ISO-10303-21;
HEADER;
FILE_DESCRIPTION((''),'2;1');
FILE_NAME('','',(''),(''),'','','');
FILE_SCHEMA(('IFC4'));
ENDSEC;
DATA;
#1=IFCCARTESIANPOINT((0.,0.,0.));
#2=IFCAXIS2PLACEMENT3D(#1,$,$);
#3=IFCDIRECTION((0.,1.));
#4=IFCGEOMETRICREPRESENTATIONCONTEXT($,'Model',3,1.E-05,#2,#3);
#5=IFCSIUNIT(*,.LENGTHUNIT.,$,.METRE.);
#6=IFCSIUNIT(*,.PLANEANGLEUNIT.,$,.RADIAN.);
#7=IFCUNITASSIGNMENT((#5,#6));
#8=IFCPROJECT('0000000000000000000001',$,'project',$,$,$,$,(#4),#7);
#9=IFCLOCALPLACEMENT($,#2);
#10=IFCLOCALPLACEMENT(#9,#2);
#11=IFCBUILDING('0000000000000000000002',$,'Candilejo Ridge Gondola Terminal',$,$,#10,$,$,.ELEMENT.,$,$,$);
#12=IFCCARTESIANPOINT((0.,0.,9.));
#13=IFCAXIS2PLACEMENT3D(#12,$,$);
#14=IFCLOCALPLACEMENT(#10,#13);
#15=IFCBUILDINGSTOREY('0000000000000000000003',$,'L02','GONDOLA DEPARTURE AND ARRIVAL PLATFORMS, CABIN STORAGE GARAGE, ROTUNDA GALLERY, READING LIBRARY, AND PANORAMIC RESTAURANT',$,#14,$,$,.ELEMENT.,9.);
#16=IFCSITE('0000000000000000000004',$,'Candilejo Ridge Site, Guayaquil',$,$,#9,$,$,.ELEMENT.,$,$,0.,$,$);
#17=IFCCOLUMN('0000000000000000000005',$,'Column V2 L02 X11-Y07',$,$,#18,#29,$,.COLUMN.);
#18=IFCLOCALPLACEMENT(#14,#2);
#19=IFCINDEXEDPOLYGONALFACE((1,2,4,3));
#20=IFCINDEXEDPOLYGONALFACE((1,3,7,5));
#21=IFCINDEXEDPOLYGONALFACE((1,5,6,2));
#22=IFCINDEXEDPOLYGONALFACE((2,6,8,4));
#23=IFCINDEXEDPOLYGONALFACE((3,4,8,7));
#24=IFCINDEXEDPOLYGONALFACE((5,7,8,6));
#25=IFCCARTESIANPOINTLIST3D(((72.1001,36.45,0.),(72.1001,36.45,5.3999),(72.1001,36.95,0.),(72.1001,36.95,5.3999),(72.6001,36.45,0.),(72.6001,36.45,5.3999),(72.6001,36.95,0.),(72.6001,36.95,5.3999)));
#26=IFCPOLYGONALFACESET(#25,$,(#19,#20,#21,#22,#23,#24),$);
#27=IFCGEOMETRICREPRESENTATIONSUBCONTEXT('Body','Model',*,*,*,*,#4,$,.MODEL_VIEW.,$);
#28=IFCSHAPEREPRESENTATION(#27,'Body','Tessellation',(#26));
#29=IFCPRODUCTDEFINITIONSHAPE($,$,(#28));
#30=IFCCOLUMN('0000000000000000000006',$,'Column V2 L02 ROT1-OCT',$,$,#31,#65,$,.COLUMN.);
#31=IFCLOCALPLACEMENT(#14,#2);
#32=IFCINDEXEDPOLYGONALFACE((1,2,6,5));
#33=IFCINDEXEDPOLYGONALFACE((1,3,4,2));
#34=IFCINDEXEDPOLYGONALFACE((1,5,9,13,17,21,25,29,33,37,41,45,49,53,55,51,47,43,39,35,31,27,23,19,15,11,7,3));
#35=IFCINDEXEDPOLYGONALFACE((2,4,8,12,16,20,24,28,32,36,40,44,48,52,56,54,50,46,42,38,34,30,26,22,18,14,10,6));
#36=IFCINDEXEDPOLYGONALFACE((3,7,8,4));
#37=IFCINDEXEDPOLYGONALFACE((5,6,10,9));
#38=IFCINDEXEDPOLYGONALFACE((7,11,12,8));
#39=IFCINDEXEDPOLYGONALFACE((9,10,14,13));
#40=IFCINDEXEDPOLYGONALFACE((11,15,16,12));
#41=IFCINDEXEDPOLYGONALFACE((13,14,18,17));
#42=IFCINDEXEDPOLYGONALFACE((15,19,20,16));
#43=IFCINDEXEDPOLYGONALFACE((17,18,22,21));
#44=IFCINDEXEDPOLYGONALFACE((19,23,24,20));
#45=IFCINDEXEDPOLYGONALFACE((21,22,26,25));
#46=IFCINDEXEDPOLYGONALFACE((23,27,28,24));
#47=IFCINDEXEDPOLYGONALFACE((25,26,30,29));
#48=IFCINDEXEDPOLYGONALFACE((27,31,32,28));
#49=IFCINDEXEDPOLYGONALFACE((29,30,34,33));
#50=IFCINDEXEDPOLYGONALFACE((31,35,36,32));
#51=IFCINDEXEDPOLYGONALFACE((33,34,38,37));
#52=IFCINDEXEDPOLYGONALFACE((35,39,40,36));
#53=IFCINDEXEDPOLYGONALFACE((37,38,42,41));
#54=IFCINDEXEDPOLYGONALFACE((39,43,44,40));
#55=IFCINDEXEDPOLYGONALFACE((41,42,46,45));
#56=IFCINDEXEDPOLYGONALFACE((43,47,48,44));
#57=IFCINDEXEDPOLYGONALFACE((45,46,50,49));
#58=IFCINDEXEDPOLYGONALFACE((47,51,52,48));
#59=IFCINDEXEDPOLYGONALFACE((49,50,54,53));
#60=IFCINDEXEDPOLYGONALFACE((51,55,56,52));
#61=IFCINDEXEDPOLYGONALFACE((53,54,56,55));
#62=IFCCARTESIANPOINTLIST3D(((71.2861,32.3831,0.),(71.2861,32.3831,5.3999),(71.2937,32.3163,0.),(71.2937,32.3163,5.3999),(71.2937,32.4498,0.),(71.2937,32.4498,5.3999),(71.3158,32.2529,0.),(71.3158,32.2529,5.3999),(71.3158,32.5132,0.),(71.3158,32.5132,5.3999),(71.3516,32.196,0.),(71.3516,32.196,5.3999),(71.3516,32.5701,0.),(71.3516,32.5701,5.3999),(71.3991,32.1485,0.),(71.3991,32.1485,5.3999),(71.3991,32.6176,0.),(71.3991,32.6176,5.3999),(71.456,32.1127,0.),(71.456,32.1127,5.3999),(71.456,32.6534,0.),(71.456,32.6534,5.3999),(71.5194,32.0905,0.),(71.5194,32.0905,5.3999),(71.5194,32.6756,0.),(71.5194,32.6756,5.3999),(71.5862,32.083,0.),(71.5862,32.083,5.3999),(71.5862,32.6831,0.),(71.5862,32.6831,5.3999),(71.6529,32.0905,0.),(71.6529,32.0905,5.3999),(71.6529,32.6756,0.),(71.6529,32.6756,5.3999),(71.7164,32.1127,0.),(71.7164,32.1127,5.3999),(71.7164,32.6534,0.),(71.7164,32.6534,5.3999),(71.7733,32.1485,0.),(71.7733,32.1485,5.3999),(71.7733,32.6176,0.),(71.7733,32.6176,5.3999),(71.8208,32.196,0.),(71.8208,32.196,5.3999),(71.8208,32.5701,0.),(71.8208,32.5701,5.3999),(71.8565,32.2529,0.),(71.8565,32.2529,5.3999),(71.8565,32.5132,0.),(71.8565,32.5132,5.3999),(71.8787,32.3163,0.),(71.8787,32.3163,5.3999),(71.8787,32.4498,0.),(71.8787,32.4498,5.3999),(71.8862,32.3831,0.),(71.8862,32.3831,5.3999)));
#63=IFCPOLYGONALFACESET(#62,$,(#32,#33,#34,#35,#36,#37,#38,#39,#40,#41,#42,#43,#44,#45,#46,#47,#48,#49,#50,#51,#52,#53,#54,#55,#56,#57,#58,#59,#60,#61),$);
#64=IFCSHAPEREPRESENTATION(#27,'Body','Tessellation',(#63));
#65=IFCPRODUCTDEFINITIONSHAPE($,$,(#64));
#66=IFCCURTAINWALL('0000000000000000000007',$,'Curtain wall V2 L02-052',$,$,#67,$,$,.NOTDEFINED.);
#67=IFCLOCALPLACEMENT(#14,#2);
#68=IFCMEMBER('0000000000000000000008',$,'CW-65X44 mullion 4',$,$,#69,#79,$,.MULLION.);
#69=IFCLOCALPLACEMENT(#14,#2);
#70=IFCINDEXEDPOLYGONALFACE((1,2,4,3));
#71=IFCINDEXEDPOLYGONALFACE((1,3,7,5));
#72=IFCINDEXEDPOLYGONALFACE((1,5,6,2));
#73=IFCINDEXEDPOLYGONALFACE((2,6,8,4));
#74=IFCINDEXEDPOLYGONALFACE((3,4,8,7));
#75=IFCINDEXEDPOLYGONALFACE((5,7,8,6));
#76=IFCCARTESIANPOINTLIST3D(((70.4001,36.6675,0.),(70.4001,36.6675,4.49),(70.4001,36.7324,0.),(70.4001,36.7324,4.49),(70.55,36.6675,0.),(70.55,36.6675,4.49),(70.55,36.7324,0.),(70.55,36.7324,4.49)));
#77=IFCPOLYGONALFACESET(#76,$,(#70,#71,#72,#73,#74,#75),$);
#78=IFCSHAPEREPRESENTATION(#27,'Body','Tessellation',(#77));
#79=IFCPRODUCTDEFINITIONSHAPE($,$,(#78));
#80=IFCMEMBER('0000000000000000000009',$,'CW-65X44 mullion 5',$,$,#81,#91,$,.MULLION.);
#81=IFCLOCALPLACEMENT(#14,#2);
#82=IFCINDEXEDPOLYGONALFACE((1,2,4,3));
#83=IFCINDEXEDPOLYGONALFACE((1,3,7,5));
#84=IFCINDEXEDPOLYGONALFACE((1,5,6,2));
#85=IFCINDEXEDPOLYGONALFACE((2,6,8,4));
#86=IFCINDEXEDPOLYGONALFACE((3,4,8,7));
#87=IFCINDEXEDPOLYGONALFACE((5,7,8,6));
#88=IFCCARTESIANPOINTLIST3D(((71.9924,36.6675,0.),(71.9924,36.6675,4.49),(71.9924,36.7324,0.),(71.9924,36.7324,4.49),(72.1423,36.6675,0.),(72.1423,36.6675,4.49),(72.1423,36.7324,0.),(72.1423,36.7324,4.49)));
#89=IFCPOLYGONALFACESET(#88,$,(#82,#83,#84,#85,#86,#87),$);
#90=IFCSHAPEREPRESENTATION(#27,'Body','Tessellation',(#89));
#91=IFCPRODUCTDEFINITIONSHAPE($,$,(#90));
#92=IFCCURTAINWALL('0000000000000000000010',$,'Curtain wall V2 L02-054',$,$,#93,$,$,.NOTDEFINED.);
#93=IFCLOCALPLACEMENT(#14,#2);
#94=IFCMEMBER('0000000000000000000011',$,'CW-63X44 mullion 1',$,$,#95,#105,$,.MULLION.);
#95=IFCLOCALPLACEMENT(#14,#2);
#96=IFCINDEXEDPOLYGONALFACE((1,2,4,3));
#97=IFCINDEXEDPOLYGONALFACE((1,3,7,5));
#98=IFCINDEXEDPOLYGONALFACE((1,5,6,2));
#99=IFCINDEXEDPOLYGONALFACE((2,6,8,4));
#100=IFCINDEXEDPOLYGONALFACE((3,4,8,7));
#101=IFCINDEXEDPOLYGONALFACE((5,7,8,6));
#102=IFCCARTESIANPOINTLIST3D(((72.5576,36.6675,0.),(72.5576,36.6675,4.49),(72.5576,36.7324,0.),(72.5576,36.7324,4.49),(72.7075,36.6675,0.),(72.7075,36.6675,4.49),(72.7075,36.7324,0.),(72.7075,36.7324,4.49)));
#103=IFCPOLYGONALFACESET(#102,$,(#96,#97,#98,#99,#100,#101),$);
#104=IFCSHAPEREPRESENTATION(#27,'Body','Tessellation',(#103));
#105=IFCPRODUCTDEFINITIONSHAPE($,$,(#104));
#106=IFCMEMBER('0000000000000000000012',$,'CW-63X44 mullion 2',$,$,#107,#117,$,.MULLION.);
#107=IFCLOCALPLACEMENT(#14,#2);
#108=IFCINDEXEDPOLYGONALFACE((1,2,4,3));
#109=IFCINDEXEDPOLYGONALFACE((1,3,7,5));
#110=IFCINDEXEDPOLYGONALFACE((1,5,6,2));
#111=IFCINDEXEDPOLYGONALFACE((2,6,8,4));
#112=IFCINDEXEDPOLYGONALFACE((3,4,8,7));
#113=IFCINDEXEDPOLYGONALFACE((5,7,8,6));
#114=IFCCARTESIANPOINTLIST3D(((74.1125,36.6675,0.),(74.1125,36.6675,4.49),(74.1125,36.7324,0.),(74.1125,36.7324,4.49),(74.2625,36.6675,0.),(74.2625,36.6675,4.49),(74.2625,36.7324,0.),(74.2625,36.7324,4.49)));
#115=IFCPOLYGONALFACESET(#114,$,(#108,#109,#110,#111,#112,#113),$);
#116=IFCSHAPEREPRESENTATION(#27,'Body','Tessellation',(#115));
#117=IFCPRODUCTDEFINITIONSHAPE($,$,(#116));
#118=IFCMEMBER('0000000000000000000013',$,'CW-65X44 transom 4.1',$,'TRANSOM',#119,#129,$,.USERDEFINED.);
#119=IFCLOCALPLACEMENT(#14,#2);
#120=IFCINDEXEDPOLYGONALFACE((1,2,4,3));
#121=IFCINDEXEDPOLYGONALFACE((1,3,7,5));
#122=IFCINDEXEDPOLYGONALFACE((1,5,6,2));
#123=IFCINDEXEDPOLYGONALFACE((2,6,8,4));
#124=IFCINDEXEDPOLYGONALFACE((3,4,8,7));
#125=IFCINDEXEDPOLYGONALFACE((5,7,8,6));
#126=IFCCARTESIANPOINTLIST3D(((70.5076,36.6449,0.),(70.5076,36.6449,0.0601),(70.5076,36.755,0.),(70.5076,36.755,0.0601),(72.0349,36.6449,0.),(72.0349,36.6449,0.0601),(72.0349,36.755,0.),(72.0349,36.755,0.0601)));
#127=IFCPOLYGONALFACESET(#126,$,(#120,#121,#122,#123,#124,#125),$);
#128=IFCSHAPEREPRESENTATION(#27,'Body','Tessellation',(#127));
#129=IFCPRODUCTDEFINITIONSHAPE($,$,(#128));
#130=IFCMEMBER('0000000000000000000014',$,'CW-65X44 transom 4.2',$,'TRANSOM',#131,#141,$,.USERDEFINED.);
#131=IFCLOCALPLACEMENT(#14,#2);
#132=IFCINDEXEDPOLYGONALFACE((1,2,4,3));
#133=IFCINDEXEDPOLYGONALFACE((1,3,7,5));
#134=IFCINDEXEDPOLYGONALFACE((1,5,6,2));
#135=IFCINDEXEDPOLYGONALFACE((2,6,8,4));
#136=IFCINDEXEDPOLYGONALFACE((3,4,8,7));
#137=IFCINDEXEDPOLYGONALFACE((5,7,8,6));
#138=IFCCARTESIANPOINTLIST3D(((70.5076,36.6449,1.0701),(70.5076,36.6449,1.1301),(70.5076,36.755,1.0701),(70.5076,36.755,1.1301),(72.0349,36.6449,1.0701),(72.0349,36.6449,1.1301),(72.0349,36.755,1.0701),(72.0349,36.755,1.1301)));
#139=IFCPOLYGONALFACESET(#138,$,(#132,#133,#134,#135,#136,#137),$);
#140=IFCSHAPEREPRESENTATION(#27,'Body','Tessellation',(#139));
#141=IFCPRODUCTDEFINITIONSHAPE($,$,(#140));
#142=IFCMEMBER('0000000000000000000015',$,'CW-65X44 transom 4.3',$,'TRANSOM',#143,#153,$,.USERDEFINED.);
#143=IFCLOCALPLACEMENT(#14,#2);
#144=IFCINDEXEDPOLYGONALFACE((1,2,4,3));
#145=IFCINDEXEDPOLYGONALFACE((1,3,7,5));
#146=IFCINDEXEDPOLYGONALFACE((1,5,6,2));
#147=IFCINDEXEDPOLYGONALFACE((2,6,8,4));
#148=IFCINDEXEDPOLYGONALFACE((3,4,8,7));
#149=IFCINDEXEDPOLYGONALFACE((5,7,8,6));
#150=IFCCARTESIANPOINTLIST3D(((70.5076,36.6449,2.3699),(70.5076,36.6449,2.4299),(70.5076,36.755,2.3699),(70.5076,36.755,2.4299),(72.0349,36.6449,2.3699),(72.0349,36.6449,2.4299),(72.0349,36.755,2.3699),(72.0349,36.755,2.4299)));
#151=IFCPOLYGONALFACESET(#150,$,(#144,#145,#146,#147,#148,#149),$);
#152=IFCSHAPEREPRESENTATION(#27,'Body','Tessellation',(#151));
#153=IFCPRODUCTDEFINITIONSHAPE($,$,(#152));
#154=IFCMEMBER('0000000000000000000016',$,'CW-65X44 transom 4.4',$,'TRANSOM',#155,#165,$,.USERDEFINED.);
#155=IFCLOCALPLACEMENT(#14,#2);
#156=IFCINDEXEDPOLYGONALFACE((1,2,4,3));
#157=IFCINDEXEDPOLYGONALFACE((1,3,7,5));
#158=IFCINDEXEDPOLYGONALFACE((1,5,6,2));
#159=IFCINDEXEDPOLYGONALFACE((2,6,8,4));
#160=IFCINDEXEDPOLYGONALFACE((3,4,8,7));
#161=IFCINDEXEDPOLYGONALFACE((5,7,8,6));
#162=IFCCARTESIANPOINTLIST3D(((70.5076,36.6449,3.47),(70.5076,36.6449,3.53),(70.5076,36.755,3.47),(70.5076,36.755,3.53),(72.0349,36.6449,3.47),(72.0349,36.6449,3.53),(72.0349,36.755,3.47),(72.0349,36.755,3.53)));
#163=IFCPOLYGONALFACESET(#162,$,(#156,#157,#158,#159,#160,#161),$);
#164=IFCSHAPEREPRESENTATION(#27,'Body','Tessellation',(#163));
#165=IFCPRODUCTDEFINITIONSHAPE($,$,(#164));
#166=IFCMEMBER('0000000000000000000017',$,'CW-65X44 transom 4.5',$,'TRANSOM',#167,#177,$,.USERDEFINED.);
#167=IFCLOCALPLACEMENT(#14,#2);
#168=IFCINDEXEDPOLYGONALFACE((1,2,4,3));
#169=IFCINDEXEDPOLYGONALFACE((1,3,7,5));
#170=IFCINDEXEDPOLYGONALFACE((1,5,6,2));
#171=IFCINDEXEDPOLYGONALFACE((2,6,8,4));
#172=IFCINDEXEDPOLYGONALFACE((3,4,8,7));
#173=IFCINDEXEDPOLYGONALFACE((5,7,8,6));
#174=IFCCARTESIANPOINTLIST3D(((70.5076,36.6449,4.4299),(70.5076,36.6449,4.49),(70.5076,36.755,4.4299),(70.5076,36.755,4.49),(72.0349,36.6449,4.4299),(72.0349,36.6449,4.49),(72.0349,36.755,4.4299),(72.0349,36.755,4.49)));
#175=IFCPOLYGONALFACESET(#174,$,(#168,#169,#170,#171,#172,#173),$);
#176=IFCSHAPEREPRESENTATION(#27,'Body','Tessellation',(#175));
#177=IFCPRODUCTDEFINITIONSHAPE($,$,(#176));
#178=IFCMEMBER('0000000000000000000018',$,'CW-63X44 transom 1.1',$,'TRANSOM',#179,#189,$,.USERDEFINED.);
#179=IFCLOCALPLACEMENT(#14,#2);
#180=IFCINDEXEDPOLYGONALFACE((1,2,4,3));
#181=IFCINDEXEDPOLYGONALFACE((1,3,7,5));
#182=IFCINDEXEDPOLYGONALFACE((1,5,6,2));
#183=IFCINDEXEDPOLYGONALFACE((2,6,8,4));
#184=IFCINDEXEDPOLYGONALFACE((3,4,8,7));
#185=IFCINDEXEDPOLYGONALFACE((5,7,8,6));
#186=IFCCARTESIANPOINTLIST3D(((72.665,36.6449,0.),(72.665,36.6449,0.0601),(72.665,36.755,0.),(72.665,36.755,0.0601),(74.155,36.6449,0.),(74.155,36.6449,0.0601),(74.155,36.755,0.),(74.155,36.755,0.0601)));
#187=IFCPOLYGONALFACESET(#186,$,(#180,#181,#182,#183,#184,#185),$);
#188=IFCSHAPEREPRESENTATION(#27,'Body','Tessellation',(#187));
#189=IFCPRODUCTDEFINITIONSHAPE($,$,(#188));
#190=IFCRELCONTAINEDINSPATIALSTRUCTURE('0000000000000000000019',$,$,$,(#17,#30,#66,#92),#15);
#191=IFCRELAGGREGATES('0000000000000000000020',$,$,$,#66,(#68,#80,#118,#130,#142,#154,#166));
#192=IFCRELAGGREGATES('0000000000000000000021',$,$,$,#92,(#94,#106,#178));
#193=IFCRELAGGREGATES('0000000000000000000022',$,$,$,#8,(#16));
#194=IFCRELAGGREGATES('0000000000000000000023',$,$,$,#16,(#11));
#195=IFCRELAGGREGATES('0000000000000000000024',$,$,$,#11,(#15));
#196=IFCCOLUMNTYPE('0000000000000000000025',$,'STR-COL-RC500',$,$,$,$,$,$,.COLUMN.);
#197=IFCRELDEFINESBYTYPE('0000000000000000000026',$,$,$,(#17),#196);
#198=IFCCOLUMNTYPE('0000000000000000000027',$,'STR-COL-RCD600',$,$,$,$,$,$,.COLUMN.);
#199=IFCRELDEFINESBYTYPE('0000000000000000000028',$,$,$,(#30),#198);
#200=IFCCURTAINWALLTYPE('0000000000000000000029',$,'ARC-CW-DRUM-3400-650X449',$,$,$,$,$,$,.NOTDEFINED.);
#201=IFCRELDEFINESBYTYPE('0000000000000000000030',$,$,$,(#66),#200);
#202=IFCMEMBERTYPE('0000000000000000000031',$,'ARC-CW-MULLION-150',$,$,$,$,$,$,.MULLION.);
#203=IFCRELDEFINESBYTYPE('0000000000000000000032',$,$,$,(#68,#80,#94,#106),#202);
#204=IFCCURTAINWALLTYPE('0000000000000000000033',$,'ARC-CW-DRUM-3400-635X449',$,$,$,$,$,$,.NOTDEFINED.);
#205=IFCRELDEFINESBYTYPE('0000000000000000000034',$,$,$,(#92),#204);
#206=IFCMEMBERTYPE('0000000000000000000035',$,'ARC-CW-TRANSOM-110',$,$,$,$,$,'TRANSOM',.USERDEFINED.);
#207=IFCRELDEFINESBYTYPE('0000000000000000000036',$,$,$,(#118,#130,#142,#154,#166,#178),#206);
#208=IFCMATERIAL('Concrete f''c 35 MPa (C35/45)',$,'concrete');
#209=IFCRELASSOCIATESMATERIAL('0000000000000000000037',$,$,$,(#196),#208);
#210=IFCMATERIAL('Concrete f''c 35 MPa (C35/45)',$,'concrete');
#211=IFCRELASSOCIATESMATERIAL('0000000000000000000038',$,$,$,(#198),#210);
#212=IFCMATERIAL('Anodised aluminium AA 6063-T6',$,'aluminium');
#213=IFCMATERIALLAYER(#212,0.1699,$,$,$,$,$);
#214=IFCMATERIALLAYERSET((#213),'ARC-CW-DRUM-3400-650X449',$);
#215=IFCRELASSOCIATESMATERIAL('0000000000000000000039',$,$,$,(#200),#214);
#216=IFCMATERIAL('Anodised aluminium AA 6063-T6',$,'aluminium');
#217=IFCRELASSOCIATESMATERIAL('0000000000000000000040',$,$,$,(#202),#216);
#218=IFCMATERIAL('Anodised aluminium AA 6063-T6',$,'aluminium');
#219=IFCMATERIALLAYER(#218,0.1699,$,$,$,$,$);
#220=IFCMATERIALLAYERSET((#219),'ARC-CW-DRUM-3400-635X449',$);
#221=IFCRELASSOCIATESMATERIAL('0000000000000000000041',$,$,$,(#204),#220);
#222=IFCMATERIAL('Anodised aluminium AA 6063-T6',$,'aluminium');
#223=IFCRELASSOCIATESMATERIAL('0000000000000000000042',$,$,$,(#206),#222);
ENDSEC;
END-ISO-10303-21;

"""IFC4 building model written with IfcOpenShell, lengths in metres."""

from ifc_helpers import new_model, si_unit, direction, frame, origin, origin_2d, place, context, subcontext, project, spatial, rectangle, circle, extrude, material, layer, layer_set, material_profile, profile_set, type_object, element, aggregate, save


model = new_model("IFC4")

# Units and contexts
model_context = context("Model", 3, precision=1e-05, world=origin(), true_north=direction((0.0, 1.0)))
body_context = subcontext(model_context, "Body", "Model", "MODEL_VIEW")
ifc_project = project(units=[si_unit("LENGTHUNIT", "METRE"), si_unit("PLANEANGLEUNIT", "RADIAN")], contexts=[model_context])

# Site, building, storey
site_placement = place(None, origin())
site = spatial("IfcSite", under=ifc_project, at=site_placement, Name="Candilejo Ridge Site, Guayaquil", CompositionType="ELEMENT", RefElevation=0.0)
building_placement = place(site_placement, origin())
building = spatial("IfcBuilding", under=site, at=building_placement, Name="Candilejo Ridge Gondola Terminal", CompositionType="ELEMENT")
storey_placement = place(building_placement, frame((0.0, 0.0, 9.0)))
storey = spatial("IfcBuildingStorey", under=building, at=storey_placement, Name="L02", Description="GONDOLA DEPARTURE AND ARRIVAL PLATFORMS, CABIN STORAGE GARAGE, ROTUNDA GALLERY, READING LIBRARY, AND PANORAMIC RESTAURANT", CompositionType="ELEMENT", Elevation=9.0)

# Columns
ifc_material_1 = material(Name="Concrete f'c 35 MPa (C35/45)", Category="concrete")
ifc_material_profile_1 = material_profile(ifc_material_1, rectangle(XDim=0.5, YDim=0.5, at=origin_2d()))
ifc_profile_set_1 = profile_set([ifc_material_profile_1], Name="Concrete f'c 35 MPa (C35/45)")
column_type_1 = type_object("IfcColumnType", Name="STR-COL-RC500", PredefinedType="COLUMN", material=ifc_profile_set_1)
column_1_placement = place(storey_placement, frame((72.3501, 36.7, 0.0), z_axis=(0.0, 0.0, 1.0), x_axis=(1.0, 0.0, 0.0)))
element("IfcColumn", 1, at=column_1_placement, inside=storey, type_object=column_type_1, Name="Column V2 L02 X11-Y07", PredefinedType="COLUMN", context=body_context, shape_type="SweptSolid", body=[
    extrude(rectangle(XDim=0.5, YDim=0.5, at=origin_2d()), origin(), (0.0, 0.0, 1.0), 5.3999),
])
ifc_material_2 = material(Name="Concrete f'c 35 MPa (C35/45)", Category="concrete")
ifc_material_profile_2 = material_profile(ifc_material_2, circle(Radius=0.3, at=origin_2d()))
ifc_profile_set_2 = profile_set([ifc_material_profile_2], Name="Concrete f'c 35 MPa (C35/45)")
column_type_2 = type_object("IfcColumnType", Name="STR-COL-RCD600", PredefinedType="COLUMN", material=ifc_profile_set_2)
column_2_placement = place(storey_placement, frame((71.5862, 32.3831, 0.0), z_axis=(0.0, 0.0, 1.0), x_axis=(1.0, 0.0, 0.0)))
element("IfcColumn", 2, at=column_2_placement, inside=storey, type_object=column_type_2, Name="Column V2 L02 ROT1-OCT", PredefinedType="COLUMN", context=body_context, shape_type="SweptSolid", body=[
    extrude(circle(Radius=0.3, at=origin_2d()), origin(), (0.0, 0.0, 1.0), 5.3999),
])

# Curtain walls, members
ifc_material_3 = material(Name="Anodised aluminium AA 6063-T6", Category="aluminium")
ifc_layer_1 = layer(ifc_material_3, 0.1699)
ifc_layer_set_1 = layer_set([ifc_layer_1], Name="ARC-CW-DRUM-3400-650X449")
curtain_wall_type_1 = type_object("IfcCurtainWallType", Name="ARC-CW-DRUM-3400-650X449", PredefinedType="NOTDEFINED", material=ifc_layer_set_1)
curtain_wall_1_placement = place(storey_placement, origin())
curtain_wall_1 = element("IfcCurtainWall", 3, at=curtain_wall_1_placement, inside=storey, type_object=curtain_wall_type_1, Name="Curtain wall V2 L02-052", PredefinedType="NOTDEFINED")
ifc_material_4 = material(Name="Anodised aluminium AA 6063-T6", Category="aluminium")
ifc_material_profile_3 = material_profile(ifc_material_4, rectangle(XDim=0.0649, YDim=0.1499, at=origin_2d()))
ifc_profile_set_3 = profile_set([ifc_material_profile_3], Name="Anodised aluminium AA 6063-T6")
member_type_1 = type_object("IfcMemberType", Name="ARC-CW-MULLION-150", PredefinedType="MULLION", material=ifc_profile_set_3)
member_1_placement = place(storey_placement, frame((70.4751, 36.7, 0.0), z_axis=(0.0, 0.0, 1.0), x_axis=(0.0, 1.0, 0.0)))
member_1 = element("IfcMember", 4, at=member_1_placement, type_object=member_type_1, Name="CW-65X44 mullion 4", PredefinedType="MULLION", context=body_context, shape_type="SweptSolid", body=[
    extrude(rectangle(XDim=0.0649, YDim=0.1499, at=origin_2d()), origin(), (0.0, 0.0, 1.0), 4.49),
])
member_2_placement = place(storey_placement, frame((72.0674, 36.7, 0.0), z_axis=(0.0, 0.0, 1.0), x_axis=(0.0, 1.0, 0.0)))
member_2 = element("IfcMember", 5, at=member_2_placement, type_object=member_type_1, Name="CW-65X44 mullion 5", PredefinedType="MULLION", context=body_context, shape_type="SweptSolid", body=[
    extrude(rectangle(XDim=0.0649, YDim=0.1499, at=origin_2d()), origin(), (0.0, 0.0, 1.0), 4.49),
])
ifc_material_5 = material(Name="Anodised aluminium AA 6063-T6", Category="aluminium")
ifc_layer_2 = layer(ifc_material_5, 0.1699)
ifc_layer_set_2 = layer_set([ifc_layer_2], Name="ARC-CW-DRUM-3400-635X449")
curtain_wall_type_2 = type_object("IfcCurtainWallType", Name="ARC-CW-DRUM-3400-635X449", PredefinedType="NOTDEFINED", material=ifc_layer_set_2)
curtain_wall_2_placement = place(storey_placement, origin())
curtain_wall_2 = element("IfcCurtainWall", 6, at=curtain_wall_2_placement, inside=storey, type_object=curtain_wall_type_2, Name="Curtain wall V2 L02-054", PredefinedType="NOTDEFINED")
member_3_placement = place(storey_placement, frame((72.6326, 36.7, 0.0), z_axis=(0.0, 0.0, 1.0), x_axis=(0.0, 1.0, 0.0)))
member_3 = element("IfcMember", 7, at=member_3_placement, type_object=member_type_1, Name="CW-63X44 mullion 1", PredefinedType="MULLION", context=body_context, shape_type="SweptSolid", body=[
    extrude(rectangle(XDim=0.0649, YDim=0.1499, at=origin_2d()), origin(), (0.0, 0.0, 1.0), 4.49),
])
member_4_placement = place(storey_placement, frame((74.1875, 36.7, 0.0), z_axis=(0.0, 0.0, 1.0), x_axis=(0.0, 1.0, 0.0)))
member_4 = element("IfcMember", 8, at=member_4_placement, type_object=member_type_1, Name="CW-63X44 mullion 2", PredefinedType="MULLION", context=body_context, shape_type="SweptSolid", body=[
    extrude(rectangle(XDim=0.0649, YDim=0.1499, at=origin_2d()), origin(), (0.0, 0.0, 1.0), 4.49),
])

# Members
ifc_material_6 = material(Name="Anodised aluminium AA 6063-T6", Category="aluminium")
ifc_material_profile_4 = material_profile(ifc_material_6, rectangle(XDim=0.1101, YDim=0.0601, at=origin_2d()))
ifc_profile_set_4 = profile_set([ifc_material_profile_4], Name="Anodised aluminium AA 6063-T6")
member_type_2 = type_object("IfcMemberType", Name="ARC-CW-TRANSOM-110", ElementType="TRANSOM", PredefinedType="USERDEFINED", material=ifc_profile_set_4)
member_5_placement = place(storey_placement, frame((70.5076, 36.7, 0.03), z_axis=(1.0, 0.0, 0.0), x_axis=(0.0, 1.0, 0.0)))
member_5 = element("IfcMember", 9, at=member_5_placement, type_object=member_type_2, Name="CW-65X44 transom 4.1", ObjectType="TRANSOM", PredefinedType="USERDEFINED", context=body_context, shape_type="SweptSolid", body=[
    extrude(rectangle(XDim=0.1101, YDim=0.0601, at=origin_2d()), origin(), (0.0, 0.0, 1.0), 1.5273),
])
member_6_placement = place(storey_placement, frame((70.5076, 36.7, 1.1001), z_axis=(1.0, 0.0, 0.0), x_axis=(0.0, 1.0, 0.0)))
member_6 = element("IfcMember", 10, at=member_6_placement, type_object=member_type_2, Name="CW-65X44 transom 4.2", ObjectType="TRANSOM", PredefinedType="USERDEFINED", context=body_context, shape_type="SweptSolid", body=[
    extrude(rectangle(XDim=0.1101, YDim=0.0601, at=origin_2d()), origin(), (0.0, 0.0, 1.0), 1.5273),
])
member_7_placement = place(storey_placement, frame((70.5076, 36.7, 2.3999), z_axis=(1.0, 0.0, 0.0), x_axis=(0.0, 1.0, 0.0)))
member_7 = element("IfcMember", 11, at=member_7_placement, type_object=member_type_2, Name="CW-65X44 transom 4.3", ObjectType="TRANSOM", PredefinedType="USERDEFINED", context=body_context, shape_type="SweptSolid", body=[
    extrude(rectangle(XDim=0.1101, YDim=0.0601, at=origin_2d()), origin(), (0.0, 0.0, 1.0), 1.5273),
])
member_8_placement = place(storey_placement, frame((70.5076, 36.7, 3.5), z_axis=(1.0, 0.0, 0.0), x_axis=(0.0, 1.0, 0.0)))
member_8 = element("IfcMember", 12, at=member_8_placement, type_object=member_type_2, Name="CW-65X44 transom 4.4", ObjectType="TRANSOM", PredefinedType="USERDEFINED", context=body_context, shape_type="SweptSolid", body=[
    extrude(rectangle(XDim=0.1101, YDim=0.0601, at=origin_2d()), origin(), (0.0, 0.0, 1.0), 1.5273),
])
member_9_placement = place(storey_placement, frame((70.5076, 36.7, 4.46), z_axis=(1.0, 0.0, 0.0), x_axis=(0.0, 1.0, 0.0)))
member_9 = element("IfcMember", 13, at=member_9_placement, type_object=member_type_2, Name="CW-65X44 transom 4.5", ObjectType="TRANSOM", PredefinedType="USERDEFINED", context=body_context, shape_type="SweptSolid", body=[
    extrude(rectangle(XDim=0.1101, YDim=0.0601, at=origin_2d()), origin(), (0.0, 0.0, 1.0), 1.5273),
])
member_10_placement = place(storey_placement, frame((72.665, 36.7, 0.03), z_axis=(1.0, 0.0, 0.0), x_axis=(0.0, 1.0, 0.0)))
member_10 = element("IfcMember", 14, at=member_10_placement, type_object=member_type_2, Name="CW-63X44 transom 1.1", ObjectType="TRANSOM", PredefinedType="USERDEFINED", context=body_context, shape_type="SweptSolid", body=[
    extrude(rectangle(XDim=0.1101, YDim=0.0601, at=origin_2d()), origin(), (0.0, 0.0, 1.0), 1.49),
])

aggregate(curtain_wall_1, [member_1, member_2, member_5, member_6, member_7, member_8, member_9])
aggregate(curtain_wall_2, [member_3, member_4, member_10])

save(model, "model.ifc")
